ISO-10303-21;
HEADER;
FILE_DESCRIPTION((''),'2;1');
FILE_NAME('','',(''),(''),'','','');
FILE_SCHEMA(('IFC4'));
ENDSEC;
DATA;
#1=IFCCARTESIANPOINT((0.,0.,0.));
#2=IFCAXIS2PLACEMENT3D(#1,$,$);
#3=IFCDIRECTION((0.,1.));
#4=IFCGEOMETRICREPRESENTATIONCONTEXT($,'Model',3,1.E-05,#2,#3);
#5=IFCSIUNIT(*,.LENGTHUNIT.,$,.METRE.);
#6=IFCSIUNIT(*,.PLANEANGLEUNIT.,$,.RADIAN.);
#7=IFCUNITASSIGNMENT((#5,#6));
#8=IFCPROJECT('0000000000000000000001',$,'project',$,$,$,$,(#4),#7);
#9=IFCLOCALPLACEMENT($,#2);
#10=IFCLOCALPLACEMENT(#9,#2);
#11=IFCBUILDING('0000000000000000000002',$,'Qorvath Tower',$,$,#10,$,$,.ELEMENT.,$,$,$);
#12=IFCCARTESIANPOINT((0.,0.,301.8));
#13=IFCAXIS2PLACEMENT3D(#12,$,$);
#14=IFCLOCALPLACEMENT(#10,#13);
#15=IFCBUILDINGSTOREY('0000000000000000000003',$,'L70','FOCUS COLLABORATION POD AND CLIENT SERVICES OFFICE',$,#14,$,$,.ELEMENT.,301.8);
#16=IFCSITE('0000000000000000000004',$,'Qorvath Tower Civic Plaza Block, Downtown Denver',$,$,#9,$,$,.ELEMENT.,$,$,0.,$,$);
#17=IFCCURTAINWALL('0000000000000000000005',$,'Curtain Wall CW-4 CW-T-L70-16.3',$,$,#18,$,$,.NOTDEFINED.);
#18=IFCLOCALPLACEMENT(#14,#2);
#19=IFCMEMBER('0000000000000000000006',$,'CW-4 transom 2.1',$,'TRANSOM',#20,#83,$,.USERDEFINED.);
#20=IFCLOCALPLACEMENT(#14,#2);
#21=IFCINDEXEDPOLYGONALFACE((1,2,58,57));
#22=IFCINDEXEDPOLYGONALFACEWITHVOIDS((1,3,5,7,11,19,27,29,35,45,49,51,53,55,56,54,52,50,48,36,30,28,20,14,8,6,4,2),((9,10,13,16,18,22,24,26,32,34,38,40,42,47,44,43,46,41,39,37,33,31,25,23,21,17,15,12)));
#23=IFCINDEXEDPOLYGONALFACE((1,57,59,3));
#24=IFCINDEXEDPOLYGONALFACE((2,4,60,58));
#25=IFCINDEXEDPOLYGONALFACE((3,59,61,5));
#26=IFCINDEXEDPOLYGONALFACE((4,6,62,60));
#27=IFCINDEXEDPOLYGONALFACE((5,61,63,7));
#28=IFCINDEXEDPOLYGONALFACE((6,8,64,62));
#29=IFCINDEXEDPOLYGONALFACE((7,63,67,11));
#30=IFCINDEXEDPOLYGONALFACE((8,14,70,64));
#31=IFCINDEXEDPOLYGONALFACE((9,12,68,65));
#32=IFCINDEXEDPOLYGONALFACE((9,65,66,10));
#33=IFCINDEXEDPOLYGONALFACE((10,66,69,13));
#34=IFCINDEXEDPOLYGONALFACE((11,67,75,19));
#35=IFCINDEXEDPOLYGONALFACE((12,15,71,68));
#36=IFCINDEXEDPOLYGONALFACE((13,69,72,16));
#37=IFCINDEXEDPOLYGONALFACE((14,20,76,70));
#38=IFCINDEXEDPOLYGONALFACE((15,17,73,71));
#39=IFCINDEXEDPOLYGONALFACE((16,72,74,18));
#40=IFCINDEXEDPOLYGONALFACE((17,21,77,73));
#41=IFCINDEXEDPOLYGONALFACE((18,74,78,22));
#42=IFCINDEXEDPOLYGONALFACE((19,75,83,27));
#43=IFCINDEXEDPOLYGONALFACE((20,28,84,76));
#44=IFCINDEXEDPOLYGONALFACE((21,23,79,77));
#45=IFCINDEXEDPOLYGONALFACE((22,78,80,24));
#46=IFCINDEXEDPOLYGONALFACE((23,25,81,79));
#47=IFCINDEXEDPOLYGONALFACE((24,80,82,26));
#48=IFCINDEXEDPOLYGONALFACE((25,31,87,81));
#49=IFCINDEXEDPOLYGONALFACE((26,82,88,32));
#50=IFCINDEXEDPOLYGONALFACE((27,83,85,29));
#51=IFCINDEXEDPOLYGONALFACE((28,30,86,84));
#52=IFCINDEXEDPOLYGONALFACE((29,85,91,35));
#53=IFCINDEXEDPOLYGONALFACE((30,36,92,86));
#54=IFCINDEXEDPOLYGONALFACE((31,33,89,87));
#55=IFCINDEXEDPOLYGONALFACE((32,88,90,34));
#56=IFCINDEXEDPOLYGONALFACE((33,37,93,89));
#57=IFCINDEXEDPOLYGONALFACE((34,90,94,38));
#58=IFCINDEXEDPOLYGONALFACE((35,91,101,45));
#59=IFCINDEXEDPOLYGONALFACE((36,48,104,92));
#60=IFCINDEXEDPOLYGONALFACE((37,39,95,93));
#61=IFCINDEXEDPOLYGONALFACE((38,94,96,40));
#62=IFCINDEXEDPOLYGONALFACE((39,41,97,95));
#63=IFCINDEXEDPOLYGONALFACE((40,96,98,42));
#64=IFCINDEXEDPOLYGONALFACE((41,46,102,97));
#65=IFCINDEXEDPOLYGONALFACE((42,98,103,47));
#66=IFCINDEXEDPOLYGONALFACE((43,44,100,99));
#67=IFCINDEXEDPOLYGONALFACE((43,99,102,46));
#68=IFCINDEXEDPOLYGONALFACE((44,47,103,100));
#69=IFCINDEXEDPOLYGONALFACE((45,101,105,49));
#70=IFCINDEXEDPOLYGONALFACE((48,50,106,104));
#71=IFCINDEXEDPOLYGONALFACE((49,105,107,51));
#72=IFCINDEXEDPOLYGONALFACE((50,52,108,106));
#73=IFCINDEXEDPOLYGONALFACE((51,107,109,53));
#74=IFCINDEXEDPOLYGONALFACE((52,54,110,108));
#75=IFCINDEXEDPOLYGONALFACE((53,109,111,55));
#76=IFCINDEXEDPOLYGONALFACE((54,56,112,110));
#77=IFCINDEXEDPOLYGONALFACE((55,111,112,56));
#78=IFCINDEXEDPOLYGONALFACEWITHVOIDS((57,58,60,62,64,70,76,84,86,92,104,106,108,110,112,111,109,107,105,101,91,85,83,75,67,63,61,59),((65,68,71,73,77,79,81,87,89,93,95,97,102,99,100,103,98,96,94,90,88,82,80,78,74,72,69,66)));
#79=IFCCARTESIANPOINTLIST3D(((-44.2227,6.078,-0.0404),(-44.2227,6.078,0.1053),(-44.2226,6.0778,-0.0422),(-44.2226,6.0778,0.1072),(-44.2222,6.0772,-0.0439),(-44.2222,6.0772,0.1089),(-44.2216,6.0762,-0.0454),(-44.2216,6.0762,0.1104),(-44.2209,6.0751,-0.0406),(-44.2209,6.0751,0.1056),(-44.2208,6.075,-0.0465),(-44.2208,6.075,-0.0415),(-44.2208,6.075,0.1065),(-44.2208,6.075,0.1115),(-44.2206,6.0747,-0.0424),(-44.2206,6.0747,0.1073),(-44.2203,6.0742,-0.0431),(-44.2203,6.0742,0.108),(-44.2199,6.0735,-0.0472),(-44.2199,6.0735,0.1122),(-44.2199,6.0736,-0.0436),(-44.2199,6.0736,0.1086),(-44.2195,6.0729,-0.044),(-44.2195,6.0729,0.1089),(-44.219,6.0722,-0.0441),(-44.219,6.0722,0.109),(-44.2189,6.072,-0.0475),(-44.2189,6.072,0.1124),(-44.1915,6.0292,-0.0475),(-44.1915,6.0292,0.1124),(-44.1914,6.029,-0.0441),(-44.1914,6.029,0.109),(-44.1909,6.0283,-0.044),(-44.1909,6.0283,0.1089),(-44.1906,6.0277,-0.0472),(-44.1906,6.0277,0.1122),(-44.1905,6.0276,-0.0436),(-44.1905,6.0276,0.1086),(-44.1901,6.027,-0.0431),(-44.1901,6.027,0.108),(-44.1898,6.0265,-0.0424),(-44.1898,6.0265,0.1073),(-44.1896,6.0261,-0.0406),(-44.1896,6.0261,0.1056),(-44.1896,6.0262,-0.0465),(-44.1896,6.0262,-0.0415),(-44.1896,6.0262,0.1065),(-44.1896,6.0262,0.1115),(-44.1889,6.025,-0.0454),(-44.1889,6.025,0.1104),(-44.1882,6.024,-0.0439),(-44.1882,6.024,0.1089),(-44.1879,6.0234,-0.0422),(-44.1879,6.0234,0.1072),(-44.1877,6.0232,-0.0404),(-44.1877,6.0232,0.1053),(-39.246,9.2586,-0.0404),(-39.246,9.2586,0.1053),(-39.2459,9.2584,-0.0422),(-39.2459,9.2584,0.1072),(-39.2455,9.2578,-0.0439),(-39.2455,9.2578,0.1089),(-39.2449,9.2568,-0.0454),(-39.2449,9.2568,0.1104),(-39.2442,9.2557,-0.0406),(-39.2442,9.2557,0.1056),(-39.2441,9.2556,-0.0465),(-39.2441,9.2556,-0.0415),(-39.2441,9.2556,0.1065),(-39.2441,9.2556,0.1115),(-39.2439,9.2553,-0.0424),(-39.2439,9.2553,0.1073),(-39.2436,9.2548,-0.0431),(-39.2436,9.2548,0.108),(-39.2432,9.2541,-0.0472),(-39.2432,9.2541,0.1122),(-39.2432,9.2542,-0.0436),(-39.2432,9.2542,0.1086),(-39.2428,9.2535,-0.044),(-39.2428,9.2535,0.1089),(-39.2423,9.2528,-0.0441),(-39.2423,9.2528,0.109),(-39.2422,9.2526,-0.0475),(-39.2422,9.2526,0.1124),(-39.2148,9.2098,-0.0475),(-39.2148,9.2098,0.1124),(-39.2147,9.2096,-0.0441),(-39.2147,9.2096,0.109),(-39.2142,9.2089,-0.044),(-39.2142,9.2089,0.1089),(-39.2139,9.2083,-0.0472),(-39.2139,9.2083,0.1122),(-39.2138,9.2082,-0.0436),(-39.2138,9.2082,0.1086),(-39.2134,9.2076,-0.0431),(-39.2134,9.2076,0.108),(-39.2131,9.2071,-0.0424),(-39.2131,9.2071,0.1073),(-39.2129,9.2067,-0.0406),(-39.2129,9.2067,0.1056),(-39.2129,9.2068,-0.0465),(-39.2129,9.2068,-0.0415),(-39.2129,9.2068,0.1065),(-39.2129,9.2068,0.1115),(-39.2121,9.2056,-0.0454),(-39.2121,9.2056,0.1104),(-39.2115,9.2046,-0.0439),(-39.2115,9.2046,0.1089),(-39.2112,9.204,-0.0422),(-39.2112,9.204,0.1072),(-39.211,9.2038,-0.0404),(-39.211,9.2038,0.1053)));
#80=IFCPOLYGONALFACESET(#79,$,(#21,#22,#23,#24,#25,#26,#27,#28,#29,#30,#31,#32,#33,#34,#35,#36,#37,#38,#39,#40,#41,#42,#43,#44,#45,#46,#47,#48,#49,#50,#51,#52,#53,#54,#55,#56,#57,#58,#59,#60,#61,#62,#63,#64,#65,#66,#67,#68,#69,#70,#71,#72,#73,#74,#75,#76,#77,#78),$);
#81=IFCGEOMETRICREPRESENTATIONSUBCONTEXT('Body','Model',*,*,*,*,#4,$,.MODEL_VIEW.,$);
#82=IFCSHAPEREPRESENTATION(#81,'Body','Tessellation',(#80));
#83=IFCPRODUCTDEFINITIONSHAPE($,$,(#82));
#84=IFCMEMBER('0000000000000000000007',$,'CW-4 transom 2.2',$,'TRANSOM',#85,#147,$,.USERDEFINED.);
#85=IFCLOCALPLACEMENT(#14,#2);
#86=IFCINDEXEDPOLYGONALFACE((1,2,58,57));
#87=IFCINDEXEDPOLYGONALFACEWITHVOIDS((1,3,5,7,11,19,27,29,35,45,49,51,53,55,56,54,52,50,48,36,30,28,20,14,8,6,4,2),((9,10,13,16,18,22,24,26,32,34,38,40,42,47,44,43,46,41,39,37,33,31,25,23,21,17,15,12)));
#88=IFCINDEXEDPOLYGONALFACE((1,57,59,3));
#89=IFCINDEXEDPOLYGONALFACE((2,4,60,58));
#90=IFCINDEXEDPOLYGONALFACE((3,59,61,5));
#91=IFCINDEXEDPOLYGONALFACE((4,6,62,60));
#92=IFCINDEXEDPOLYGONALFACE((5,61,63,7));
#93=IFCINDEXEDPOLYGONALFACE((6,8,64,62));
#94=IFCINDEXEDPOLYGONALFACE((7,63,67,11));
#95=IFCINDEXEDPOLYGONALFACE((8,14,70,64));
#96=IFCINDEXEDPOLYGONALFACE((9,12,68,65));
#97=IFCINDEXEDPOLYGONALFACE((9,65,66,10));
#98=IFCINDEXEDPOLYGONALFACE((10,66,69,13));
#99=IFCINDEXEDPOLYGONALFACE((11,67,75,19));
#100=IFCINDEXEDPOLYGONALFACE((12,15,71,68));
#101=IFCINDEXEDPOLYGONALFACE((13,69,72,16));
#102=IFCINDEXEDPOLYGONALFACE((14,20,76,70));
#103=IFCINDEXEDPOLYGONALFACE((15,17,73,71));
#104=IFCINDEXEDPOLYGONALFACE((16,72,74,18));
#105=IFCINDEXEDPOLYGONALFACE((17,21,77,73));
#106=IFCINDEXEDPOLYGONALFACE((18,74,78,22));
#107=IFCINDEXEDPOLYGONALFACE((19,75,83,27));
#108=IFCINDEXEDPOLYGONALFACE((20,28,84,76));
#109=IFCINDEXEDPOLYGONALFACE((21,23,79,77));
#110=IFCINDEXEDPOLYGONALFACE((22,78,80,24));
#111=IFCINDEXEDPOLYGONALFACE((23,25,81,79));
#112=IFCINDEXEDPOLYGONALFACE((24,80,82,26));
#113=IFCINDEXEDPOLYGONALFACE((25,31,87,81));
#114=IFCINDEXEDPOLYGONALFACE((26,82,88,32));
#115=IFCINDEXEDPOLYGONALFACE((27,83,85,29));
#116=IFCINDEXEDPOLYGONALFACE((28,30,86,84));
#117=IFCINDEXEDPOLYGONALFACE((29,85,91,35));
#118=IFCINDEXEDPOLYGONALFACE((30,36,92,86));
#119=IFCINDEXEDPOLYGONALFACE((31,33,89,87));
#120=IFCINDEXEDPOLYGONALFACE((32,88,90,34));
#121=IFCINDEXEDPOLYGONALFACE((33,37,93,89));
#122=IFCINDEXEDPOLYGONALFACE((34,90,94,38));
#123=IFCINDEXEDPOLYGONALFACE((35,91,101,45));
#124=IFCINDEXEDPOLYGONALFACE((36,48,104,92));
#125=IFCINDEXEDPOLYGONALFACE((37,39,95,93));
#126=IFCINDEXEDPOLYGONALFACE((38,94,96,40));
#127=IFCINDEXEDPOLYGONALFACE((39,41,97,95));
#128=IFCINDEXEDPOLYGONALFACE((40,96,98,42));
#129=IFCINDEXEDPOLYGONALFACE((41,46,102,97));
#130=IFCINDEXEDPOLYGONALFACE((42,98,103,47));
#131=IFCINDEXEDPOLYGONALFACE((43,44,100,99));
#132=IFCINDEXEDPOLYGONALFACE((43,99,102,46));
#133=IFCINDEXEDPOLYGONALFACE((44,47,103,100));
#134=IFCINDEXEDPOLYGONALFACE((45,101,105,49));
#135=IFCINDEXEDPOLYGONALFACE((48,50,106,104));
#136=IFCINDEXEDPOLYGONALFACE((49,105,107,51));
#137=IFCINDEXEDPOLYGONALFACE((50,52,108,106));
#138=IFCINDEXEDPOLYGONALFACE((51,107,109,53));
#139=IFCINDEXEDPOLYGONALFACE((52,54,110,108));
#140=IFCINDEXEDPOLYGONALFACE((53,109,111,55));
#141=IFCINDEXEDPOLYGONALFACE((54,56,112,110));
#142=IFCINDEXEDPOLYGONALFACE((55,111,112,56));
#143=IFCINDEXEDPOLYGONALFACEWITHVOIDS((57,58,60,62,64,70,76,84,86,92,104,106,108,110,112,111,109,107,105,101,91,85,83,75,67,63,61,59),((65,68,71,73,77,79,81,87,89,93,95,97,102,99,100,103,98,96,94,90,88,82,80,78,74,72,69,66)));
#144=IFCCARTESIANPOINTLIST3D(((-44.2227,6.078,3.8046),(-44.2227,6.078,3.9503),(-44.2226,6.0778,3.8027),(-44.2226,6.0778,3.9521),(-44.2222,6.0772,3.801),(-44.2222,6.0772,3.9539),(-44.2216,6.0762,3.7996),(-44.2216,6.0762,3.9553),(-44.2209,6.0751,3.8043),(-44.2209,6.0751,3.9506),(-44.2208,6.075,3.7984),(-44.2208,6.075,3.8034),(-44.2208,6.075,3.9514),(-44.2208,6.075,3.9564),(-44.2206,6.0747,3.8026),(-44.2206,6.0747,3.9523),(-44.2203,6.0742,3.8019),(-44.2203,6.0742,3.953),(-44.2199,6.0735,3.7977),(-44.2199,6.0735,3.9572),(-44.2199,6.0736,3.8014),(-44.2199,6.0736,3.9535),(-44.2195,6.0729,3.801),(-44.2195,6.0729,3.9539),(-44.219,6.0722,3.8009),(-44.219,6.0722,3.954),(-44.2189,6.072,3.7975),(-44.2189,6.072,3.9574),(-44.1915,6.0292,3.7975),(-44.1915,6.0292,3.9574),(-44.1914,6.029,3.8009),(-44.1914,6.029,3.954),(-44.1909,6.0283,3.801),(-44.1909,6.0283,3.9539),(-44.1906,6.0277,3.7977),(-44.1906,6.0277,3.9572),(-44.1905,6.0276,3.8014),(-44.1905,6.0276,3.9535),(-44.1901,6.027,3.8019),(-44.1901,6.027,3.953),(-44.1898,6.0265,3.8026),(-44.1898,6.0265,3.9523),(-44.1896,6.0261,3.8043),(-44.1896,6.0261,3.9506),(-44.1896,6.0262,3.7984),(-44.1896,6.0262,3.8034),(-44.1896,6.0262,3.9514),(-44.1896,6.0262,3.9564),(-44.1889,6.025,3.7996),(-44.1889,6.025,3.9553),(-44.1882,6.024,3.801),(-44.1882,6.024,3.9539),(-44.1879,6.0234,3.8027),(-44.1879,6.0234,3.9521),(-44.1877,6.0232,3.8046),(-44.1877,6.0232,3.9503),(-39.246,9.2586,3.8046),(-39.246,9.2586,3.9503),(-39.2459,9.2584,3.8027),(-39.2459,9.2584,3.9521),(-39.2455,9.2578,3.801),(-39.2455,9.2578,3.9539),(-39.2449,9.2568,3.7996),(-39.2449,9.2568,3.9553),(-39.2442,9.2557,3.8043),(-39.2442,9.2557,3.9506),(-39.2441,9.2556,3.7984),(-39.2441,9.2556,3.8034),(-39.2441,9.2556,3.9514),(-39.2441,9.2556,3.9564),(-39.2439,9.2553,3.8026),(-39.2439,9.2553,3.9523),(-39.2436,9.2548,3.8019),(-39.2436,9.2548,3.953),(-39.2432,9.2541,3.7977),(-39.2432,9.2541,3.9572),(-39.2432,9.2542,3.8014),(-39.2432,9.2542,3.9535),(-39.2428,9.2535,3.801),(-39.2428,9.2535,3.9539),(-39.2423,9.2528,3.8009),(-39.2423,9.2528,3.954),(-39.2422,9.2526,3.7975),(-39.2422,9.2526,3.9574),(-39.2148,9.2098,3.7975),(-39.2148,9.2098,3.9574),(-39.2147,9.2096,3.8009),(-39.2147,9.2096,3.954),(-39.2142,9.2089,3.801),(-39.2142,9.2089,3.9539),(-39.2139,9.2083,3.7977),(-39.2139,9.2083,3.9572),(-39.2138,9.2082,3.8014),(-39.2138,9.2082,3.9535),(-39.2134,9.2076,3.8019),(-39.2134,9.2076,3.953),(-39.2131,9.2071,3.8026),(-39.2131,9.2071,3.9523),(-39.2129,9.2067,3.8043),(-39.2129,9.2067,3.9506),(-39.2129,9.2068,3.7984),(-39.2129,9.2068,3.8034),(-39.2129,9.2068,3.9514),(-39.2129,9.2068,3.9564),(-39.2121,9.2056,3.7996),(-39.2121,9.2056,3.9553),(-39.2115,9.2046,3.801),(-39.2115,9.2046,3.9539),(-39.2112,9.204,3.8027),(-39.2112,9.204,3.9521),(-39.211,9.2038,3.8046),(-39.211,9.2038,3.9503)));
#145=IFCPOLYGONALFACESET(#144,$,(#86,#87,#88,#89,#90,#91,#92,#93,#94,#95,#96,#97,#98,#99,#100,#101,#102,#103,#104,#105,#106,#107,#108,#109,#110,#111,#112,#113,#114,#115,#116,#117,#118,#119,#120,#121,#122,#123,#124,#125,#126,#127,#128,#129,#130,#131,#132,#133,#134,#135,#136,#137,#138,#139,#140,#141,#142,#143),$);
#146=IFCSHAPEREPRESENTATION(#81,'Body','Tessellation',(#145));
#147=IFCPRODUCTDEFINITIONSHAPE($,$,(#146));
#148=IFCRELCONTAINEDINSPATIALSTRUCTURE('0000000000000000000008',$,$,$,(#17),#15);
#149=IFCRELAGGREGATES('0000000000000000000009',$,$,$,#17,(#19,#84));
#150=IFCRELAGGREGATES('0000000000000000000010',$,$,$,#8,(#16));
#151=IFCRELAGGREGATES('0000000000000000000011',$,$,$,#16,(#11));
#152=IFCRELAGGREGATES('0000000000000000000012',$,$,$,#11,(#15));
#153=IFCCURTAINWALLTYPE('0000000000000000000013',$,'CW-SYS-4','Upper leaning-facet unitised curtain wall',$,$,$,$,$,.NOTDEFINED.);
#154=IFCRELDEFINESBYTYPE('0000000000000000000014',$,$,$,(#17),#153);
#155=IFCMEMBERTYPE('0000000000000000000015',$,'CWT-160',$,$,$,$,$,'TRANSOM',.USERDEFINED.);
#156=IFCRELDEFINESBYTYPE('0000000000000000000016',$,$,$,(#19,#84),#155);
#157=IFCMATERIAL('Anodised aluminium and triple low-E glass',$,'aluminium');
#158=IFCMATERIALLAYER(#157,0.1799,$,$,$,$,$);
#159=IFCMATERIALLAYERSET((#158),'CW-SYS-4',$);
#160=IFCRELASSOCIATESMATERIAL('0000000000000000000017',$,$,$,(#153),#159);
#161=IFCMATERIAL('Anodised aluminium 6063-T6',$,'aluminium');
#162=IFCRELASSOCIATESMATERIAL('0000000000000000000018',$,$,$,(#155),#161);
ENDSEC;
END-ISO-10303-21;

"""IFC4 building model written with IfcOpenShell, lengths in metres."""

from ifc_helpers import new_model, si_unit, direction, frame, origin, origin_2d, place, context, subcontext, project, spatial, hollow_rectangle, extrude, material, layer, layer_set, material_profile, profile_set, type_object, element, aggregate, save


model = new_model("IFC4")

# Units and contexts
model_context = context("Model", 3, precision=1e-05, world=origin(), true_north=direction((0.0, 1.0)))
body_context = subcontext(model_context, "Body", "Model", "MODEL_VIEW")
ifc_project = project(units=[si_unit("LENGTHUNIT", "METRE"), si_unit("PLANEANGLEUNIT", "RADIAN")], contexts=[model_context])

# Site, building, storey
site_placement = place(None, origin())
site = spatial("IfcSite", under=ifc_project, at=site_placement, Name="Qorvath Tower Civic Plaza Block, Downtown Denver", CompositionType="ELEMENT", RefElevation=0.0)
building_placement = place(site_placement, origin())
building = spatial("IfcBuilding", under=site, at=building_placement, Name="Qorvath Tower", CompositionType="ELEMENT")
storey_placement = place(building_placement, frame((0.0, 0.0, 301.8)))
storey = spatial("IfcBuildingStorey", under=building, at=storey_placement, Name="L70", Description="FOCUS COLLABORATION POD AND CLIENT SERVICES OFFICE", CompositionType="ELEMENT", Elevation=301.8)

# Curtain wall, members
ifc_material_1 = material(Name="Anodised aluminium and triple low-E glass", Category="aluminium")
ifc_layer_1 = layer(ifc_material_1, 0.1799)
ifc_layer_set_1 = layer_set([ifc_layer_1], Name="CW-SYS-4")
curtain_wall_type = type_object("IfcCurtainWallType", Name="CW-SYS-4", Description="Upper leaning-facet unitised curtain wall", PredefinedType="NOTDEFINED", material=ifc_layer_set_1)
curtain_wall_placement = place(storey_placement, origin())
curtain_wall = element("IfcCurtainWall", 1, at=curtain_wall_placement, inside=storey, type_object=curtain_wall_type, Name="Curtain Wall CW-4 CW-T-L70-16.3", PredefinedType="NOTDEFINED")
ifc_material_2 = material(Name="Anodised aluminium 6063-T6", Category="aluminium")
ifc_material_profile_1 = material_profile(ifc_material_2, hollow_rectangle(XDim=0.0649, YDim=0.1599, WallThickness=0.0034, InnerFilletRadius=0.0034, OuterFilletRadius=0.0071, at=origin_2d()), Name="CWT 160x65")
ifc_profile_set_1 = profile_set([ifc_material_profile_1], Name="Anodised aluminium 6063-T6")
member_type_1 = type_object("IfcMemberType", Name="CWT-160", ElementType="TRANSOM", PredefinedType="USERDEFINED", material=ifc_profile_set_1)
member_1_placement = place(storey_placement, frame((-39.2285, 9.2312, 0.0325), z_axis=(-0.842617, -0.538514, 0.0), x_axis=(0.538514, -0.842617, 0.0)))
member_1 = element("IfcMember", 2, at=member_1_placement, type_object=member_type_1, Name="CW-4 transom 2.1", ObjectType="TRANSOM", PredefinedType="USERDEFINED", context=body_context, shape_type="SweptSolid", body=[
    extrude(hollow_rectangle(XDim=0.0649, YDim=0.1599, WallThickness=0.0034, InnerFilletRadius=0.0034, OuterFilletRadius=0.0071, at=origin_2d()), origin(), (0.0, 0.0, 1.0), 5.9062),
])
member_2_placement = place(storey_placement, frame((-39.2285, 9.2312, 3.8774), z_axis=(-0.842617, -0.538514, 0.0), x_axis=(0.538514, -0.842617, 0.0)))
member_2 = element("IfcMember", 3, at=member_2_placement, type_object=member_type_1, Name="CW-4 transom 2.2", ObjectType="TRANSOM", PredefinedType="USERDEFINED", context=body_context, shape_type="SweptSolid", body=[
    extrude(hollow_rectangle(XDim=0.0649, YDim=0.1599, WallThickness=0.0034, InnerFilletRadius=0.0034, OuterFilletRadius=0.0071, at=origin_2d()), origin(), (0.0, 0.0, 1.0), 5.9062),
])

aggregate(curtain_wall, [member_1, member_2])

save(model, "model.ifc")
